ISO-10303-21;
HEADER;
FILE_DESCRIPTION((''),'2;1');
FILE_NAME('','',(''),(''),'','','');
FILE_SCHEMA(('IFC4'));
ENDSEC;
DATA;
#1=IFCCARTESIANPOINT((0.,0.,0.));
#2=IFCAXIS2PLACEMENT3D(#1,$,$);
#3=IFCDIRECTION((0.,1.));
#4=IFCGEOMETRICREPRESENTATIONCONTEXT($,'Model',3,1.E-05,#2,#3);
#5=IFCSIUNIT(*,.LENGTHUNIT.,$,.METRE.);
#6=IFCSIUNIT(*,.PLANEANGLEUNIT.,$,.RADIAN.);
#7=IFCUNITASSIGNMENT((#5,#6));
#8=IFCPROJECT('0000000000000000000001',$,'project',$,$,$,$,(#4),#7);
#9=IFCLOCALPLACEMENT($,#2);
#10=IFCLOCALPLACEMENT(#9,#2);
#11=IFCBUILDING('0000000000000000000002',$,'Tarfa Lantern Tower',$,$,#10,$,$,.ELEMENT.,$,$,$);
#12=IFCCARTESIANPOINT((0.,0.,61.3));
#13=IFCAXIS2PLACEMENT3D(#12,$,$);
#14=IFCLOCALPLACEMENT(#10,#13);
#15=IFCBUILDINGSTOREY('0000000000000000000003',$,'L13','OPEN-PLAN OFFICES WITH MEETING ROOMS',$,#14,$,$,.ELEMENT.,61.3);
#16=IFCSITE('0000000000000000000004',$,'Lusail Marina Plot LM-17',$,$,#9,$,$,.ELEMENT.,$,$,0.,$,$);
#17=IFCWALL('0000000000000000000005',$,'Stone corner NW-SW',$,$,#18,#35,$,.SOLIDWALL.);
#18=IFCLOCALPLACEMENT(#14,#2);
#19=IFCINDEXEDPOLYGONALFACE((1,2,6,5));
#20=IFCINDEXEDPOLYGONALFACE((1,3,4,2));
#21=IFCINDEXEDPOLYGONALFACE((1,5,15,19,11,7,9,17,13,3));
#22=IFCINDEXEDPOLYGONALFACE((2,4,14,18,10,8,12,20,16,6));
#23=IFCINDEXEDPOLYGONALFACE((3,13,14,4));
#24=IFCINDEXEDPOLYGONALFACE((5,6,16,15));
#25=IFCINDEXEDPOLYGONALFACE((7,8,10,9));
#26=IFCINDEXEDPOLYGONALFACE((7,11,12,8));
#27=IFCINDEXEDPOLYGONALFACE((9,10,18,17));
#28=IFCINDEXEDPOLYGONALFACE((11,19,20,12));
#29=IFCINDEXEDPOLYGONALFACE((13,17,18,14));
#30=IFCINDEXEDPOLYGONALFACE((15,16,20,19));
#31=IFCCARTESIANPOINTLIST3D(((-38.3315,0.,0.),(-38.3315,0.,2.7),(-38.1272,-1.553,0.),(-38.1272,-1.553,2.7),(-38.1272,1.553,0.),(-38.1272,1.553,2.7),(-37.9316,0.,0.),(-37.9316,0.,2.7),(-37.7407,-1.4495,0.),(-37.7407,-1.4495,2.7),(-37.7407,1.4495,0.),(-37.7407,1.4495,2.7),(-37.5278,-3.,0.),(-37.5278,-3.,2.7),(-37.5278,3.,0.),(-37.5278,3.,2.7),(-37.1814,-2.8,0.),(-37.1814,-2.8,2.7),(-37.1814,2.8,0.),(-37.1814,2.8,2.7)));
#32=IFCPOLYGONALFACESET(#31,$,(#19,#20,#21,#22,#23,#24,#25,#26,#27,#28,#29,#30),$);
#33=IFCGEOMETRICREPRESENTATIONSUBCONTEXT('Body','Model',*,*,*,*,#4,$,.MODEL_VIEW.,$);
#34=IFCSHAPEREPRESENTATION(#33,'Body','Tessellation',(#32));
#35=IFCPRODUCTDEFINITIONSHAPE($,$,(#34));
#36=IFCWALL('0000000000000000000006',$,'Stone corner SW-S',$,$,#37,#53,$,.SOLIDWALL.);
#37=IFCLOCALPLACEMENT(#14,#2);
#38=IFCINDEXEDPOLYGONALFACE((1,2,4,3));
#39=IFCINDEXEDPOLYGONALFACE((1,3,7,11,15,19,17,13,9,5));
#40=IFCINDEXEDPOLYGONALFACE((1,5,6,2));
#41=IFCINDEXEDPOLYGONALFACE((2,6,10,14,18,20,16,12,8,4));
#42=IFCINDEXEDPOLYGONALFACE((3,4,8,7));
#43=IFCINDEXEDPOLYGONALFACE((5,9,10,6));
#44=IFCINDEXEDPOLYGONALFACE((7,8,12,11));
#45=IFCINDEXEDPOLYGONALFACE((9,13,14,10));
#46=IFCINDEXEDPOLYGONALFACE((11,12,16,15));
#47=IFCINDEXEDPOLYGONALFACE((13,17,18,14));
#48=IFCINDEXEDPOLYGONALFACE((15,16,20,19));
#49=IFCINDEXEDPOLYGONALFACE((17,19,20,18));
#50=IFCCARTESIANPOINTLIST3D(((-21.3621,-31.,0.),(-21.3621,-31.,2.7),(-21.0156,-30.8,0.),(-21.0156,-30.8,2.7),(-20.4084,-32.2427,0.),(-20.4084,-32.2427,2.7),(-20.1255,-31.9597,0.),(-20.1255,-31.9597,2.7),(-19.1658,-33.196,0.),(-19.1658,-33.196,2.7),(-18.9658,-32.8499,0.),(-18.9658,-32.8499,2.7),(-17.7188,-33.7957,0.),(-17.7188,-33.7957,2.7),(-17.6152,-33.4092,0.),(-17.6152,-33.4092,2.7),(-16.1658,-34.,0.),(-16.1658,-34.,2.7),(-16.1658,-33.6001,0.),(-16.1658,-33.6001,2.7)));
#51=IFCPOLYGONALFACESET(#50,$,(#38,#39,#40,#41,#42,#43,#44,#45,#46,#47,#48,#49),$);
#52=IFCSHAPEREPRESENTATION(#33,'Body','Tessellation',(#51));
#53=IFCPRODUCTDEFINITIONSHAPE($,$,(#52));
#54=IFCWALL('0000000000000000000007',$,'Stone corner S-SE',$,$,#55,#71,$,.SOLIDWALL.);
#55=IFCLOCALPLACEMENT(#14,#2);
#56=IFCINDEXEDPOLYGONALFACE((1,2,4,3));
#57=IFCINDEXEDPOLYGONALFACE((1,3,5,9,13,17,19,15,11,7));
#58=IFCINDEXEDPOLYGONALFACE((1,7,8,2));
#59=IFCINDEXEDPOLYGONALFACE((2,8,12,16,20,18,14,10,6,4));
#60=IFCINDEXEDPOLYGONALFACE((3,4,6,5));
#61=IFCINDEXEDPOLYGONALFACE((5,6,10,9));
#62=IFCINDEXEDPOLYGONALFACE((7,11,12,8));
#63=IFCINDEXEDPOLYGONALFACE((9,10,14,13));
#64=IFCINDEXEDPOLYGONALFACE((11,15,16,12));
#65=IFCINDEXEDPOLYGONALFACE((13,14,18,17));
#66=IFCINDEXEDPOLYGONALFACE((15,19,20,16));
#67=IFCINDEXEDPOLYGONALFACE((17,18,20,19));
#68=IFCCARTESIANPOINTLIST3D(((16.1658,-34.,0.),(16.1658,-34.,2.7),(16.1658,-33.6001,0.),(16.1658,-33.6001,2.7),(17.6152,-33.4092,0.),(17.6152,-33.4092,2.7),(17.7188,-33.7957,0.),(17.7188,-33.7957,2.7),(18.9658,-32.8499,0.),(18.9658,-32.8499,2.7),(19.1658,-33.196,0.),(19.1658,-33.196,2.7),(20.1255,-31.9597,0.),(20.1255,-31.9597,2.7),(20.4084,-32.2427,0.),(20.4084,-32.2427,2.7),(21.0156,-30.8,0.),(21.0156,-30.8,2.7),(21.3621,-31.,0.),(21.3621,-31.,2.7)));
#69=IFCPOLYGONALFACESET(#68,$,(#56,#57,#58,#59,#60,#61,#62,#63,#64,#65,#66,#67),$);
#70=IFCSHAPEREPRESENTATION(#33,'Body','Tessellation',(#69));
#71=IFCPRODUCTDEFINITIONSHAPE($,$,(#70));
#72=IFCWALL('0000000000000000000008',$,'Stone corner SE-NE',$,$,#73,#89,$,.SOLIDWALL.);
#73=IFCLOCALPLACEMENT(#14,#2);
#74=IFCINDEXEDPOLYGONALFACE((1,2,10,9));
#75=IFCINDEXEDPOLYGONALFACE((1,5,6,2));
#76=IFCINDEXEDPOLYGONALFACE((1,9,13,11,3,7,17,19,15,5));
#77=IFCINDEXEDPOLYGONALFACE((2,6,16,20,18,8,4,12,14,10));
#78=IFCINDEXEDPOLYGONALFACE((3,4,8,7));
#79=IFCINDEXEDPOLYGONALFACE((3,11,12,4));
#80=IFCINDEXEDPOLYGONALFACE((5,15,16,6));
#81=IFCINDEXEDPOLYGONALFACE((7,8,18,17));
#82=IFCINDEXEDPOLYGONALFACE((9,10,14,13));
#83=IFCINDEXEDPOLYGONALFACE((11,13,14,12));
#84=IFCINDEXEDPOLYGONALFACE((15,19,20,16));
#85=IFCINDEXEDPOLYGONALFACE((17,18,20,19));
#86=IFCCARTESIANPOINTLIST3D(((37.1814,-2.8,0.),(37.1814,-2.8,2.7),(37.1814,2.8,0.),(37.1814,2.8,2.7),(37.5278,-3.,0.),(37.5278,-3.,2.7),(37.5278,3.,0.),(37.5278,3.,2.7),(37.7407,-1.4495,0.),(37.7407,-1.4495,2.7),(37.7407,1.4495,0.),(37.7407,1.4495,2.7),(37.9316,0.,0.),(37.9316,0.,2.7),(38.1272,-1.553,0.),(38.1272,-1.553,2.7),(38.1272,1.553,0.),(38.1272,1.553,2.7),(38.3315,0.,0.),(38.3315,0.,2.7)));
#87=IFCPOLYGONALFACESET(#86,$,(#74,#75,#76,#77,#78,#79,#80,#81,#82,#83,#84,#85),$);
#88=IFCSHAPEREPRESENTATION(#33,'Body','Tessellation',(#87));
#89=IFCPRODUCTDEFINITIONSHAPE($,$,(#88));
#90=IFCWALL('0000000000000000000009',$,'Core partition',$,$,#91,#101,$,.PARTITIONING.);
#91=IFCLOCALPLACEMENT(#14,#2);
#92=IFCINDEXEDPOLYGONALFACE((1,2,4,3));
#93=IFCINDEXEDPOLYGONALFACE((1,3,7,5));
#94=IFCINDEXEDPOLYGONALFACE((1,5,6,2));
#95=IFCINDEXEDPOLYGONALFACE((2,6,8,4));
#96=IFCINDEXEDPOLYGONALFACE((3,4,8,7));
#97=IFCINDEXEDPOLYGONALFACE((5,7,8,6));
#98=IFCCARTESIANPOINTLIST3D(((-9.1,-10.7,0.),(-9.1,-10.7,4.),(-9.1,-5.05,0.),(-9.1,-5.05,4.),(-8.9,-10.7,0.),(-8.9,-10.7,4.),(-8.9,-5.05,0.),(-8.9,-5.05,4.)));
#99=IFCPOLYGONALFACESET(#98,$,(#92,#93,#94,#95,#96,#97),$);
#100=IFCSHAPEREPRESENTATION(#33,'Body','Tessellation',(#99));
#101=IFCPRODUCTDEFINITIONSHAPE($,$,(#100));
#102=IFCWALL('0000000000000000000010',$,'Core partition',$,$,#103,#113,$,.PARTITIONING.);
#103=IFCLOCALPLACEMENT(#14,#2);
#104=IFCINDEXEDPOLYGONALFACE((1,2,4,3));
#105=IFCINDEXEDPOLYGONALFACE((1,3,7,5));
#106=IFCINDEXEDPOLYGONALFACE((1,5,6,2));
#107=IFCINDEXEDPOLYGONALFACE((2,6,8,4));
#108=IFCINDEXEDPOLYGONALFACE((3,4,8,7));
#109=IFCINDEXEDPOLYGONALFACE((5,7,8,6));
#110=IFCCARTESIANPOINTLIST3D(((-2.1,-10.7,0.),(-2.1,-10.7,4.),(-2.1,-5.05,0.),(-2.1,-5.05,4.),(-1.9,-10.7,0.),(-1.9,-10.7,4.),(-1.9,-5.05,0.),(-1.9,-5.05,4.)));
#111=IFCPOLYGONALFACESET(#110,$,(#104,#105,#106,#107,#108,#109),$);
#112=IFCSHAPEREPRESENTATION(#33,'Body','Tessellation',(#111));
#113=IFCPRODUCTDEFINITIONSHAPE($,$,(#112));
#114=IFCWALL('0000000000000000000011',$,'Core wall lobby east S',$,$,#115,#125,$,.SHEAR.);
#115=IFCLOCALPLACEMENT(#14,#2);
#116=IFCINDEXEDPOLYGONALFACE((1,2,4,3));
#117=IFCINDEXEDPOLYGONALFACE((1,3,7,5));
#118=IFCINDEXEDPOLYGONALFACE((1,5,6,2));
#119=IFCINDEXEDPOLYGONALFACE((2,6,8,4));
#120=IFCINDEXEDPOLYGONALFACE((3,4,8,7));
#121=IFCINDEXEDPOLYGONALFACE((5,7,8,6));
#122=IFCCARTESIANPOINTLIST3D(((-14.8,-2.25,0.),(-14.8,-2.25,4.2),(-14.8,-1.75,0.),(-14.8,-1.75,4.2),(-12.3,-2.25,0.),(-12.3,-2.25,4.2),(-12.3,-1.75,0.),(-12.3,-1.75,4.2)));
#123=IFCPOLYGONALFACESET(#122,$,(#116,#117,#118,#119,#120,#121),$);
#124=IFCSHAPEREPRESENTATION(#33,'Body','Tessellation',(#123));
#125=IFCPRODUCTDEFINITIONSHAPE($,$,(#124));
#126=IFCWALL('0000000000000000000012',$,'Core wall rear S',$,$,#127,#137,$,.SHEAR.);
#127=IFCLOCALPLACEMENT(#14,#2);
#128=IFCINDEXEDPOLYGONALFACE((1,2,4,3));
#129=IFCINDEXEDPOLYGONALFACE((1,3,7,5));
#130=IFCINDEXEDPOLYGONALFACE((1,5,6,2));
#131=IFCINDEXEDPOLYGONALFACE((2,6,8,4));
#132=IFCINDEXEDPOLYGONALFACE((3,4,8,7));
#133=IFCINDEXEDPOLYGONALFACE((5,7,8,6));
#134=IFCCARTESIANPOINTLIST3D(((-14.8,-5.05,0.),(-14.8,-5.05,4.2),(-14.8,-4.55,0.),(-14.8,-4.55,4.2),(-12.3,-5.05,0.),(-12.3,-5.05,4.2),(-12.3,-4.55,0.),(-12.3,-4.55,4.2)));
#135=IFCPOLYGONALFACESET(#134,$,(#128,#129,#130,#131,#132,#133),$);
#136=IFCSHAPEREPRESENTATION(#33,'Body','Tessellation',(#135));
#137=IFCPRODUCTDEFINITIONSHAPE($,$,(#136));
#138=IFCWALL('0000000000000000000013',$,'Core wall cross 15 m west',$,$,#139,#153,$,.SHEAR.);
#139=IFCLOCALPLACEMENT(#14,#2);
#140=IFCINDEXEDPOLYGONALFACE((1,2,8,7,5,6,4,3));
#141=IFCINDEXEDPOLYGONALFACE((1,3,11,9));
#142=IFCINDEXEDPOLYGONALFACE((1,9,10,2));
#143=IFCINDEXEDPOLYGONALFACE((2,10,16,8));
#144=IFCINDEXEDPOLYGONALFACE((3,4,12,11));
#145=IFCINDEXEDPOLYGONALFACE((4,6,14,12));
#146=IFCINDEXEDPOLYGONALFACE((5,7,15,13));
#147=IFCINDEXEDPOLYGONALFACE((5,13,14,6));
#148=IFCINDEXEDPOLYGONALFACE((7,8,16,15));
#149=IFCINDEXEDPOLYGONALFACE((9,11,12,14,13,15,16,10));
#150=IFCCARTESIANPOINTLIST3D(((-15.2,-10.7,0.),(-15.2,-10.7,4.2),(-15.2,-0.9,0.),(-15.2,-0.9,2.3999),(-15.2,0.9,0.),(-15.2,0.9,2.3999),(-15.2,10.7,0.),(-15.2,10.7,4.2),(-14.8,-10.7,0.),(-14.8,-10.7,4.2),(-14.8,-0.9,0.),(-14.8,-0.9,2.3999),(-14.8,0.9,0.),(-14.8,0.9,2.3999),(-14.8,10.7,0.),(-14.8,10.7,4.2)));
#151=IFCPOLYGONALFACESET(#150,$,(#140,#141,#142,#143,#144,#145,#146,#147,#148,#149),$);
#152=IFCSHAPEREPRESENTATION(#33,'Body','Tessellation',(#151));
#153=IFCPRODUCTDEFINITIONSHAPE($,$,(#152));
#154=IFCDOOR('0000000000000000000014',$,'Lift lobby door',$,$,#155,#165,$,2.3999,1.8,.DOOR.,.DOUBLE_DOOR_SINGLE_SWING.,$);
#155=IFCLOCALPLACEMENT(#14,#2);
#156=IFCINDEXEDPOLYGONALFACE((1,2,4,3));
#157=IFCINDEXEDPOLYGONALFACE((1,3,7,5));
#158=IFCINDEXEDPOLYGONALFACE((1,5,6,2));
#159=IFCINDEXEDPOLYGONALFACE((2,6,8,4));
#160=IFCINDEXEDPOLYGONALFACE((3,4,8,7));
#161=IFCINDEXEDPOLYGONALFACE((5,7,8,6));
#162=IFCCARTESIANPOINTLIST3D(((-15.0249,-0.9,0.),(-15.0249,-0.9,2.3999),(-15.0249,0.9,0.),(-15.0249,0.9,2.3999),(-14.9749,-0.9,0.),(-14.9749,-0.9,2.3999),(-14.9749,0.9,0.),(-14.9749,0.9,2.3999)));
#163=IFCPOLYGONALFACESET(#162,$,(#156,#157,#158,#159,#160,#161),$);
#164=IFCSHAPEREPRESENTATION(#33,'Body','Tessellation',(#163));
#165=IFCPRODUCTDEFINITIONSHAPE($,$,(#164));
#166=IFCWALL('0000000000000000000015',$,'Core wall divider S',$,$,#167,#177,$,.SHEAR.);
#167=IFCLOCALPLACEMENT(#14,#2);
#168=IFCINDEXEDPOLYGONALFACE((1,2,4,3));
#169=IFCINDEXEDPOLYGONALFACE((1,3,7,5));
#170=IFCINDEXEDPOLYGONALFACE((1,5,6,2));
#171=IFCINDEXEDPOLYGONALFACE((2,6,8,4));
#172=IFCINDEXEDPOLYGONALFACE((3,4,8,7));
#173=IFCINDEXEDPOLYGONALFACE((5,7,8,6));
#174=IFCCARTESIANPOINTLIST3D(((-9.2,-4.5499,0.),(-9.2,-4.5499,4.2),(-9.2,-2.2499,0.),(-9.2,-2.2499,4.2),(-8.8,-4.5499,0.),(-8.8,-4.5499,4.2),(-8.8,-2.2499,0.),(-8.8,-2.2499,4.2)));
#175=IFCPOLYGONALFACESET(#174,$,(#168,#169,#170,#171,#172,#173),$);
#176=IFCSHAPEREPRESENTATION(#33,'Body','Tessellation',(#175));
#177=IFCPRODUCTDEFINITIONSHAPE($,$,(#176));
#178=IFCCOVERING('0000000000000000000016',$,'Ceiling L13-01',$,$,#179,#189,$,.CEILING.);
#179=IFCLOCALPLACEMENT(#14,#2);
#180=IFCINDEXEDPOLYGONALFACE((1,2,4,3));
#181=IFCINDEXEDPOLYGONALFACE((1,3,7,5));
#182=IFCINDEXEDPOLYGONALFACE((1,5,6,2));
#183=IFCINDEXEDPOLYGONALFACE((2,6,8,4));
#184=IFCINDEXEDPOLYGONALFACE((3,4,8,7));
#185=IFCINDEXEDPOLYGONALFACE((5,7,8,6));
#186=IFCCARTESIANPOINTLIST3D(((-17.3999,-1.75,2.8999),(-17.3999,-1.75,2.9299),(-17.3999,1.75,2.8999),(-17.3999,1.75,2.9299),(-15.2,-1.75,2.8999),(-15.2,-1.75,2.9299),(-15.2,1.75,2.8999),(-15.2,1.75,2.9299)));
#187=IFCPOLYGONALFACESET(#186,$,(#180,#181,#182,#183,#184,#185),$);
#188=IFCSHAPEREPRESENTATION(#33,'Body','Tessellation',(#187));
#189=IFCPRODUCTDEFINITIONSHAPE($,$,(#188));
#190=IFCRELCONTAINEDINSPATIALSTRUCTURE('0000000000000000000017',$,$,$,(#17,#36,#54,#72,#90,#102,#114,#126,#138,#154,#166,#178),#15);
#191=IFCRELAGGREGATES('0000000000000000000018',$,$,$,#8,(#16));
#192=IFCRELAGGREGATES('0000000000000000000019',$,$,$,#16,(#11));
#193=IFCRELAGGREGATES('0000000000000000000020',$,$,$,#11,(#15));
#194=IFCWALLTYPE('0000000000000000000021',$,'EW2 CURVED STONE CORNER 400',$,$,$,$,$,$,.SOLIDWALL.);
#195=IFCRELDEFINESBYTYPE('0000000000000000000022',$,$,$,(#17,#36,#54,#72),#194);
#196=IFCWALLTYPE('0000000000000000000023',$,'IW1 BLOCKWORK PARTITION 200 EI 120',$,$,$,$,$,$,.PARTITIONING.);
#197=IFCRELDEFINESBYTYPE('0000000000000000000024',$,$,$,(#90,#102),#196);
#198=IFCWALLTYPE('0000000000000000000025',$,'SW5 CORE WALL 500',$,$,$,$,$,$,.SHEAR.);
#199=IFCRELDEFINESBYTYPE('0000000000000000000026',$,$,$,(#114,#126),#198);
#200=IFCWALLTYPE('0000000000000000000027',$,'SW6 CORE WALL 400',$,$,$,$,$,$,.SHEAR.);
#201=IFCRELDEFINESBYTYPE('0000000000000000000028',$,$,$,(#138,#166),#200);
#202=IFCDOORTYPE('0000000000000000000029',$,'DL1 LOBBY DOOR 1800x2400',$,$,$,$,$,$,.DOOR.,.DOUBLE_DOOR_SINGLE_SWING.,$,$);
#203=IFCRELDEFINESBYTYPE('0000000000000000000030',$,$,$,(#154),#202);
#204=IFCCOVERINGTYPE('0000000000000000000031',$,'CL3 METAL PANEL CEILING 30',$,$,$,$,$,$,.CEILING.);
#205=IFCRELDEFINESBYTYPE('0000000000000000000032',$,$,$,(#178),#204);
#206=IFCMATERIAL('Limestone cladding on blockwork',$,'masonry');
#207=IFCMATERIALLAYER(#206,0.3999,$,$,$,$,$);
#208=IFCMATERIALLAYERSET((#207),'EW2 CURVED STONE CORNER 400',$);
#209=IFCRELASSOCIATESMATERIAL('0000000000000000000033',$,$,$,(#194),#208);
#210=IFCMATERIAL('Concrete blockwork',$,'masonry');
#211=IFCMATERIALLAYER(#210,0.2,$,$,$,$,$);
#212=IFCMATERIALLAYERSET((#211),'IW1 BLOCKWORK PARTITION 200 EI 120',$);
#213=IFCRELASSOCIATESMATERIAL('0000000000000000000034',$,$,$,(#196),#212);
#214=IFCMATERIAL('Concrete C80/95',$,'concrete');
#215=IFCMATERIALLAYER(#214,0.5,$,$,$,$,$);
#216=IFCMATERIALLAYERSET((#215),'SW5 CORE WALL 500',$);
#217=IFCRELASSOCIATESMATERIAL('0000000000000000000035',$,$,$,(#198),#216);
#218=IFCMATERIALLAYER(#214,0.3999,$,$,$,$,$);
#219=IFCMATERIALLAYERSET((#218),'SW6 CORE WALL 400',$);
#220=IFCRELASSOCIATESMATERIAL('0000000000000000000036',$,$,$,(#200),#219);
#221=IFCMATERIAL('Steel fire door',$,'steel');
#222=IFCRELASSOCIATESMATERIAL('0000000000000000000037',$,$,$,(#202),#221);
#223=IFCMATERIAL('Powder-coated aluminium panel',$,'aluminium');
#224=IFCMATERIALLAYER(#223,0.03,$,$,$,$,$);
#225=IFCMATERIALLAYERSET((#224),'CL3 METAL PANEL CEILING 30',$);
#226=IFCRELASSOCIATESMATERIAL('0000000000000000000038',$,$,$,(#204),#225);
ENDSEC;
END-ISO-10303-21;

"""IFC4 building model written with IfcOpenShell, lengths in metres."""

from ifc_helpers import new_model, si_unit, direction, frame, frame_2d, origin, place, context, subcontext, project, spatial, polyline, rectangle, outline, extrude, material, layer, layer_set, type_object, element, fill, save


model = new_model("IFC4")

# Units and contexts
model_context = context("Model", 3, precision=1e-05, world=origin(), true_north=direction((0.0, 1.0)))
body_context = subcontext(model_context, "Body", "Model", "MODEL_VIEW")
ifc_project = project(units=[si_unit("LENGTHUNIT", "METRE"), si_unit("PLANEANGLEUNIT", "RADIAN")], contexts=[model_context])

# Site, building, storey
site_placement = place(None, origin())
site = spatial("IfcSite", under=ifc_project, at=site_placement, Name="Lusail Marina Plot LM-17", CompositionType="ELEMENT", RefElevation=0.0)
building_placement = place(site_placement, origin())
building = spatial("IfcBuilding", under=site, at=building_placement, Name="Tarfa Lantern Tower", CompositionType="ELEMENT")
storey_placement = place(building_placement, frame((0.0, 0.0, 61.3)))
storey = spatial("IfcBuildingStorey", under=building, at=storey_placement, Name="L13", Description="OPEN-PLAN OFFICES WITH MEETING ROOMS", CompositionType="ELEMENT", Elevation=61.3)

# Walls
ifc_material_1 = material(Name="Limestone cladding on blockwork", Category="masonry")
ifc_layer_1 = layer(ifc_material_1, 0.3999)
ifc_layer_set_1 = layer_set([ifc_layer_1], Name="EW2 CURVED STONE CORNER 400")
wall_type_1 = type_object("IfcWallType", Name="EW2 CURVED STONE CORNER 400", PredefinedType="SOLIDWALL", material=ifc_layer_set_1)
wall_1_placement = place(storey_placement, origin())
element("IfcWall", 1, at=wall_1_placement, inside=storey, type_object=wall_type_1, Name="Stone corner NW-SW", PredefinedType="SOLIDWALL", context=body_context, shape_type="SweptSolid", body=[
    extrude(outline(polyline([(-37.5278, 3.0), (-38.1272, 1.553), (-38.3315, 0.0), (-38.1272, -1.553), (-37.5278, -3.0), (-37.1814, -2.8), (-37.7407, -1.4495), (-37.9316, 0.0), (-37.7407, 1.4495), (-37.1814, 2.8), (-37.5278, 3.0)])), origin(), (0.0, 0.0, 1.0), 2.7),
])
wall_2_placement = place(storey_placement, origin())
element("IfcWall", 2, at=wall_2_placement, inside=storey, type_object=wall_type_1, Name="Stone corner SW-S", PredefinedType="SOLIDWALL", context=body_context, shape_type="SweptSolid", body=[
    extrude(outline(polyline([(-21.3621, -31.0), (-20.4084, -32.2427), (-19.1658, -33.196), (-17.7188, -33.7957), (-16.1658, -34.0), (-16.1658, -33.6001), (-17.6152, -33.4092), (-18.9658, -32.8499), (-20.1255, -31.9597), (-21.0156, -30.8), (-21.3621, -31.0)])), origin(), (0.0, 0.0, 1.0), 2.7),
])
wall_3_placement = place(storey_placement, origin())
element("IfcWall", 3, at=wall_3_placement, inside=storey, type_object=wall_type_1, Name="Stone corner S-SE", PredefinedType="SOLIDWALL", context=body_context, shape_type="SweptSolid", body=[
    extrude(outline(polyline([(16.1658, -34.0), (17.7188, -33.7957), (19.1658, -33.196), (20.4084, -32.2427), (21.3621, -31.0), (21.0156, -30.8), (20.1255, -31.9597), (18.9658, -32.8499), (17.6152, -33.4092), (16.1658, -33.6001), (16.1658, -34.0)])), origin(), (0.0, 0.0, 1.0), 2.7),
])
wall_4_placement = place(storey_placement, origin())
element("IfcWall", 4, at=wall_4_placement, inside=storey, type_object=wall_type_1, Name="Stone corner SE-NE", PredefinedType="SOLIDWALL", context=body_context, shape_type="SweptSolid", body=[
    extrude(outline(polyline([(37.5278, -3.0), (38.1272, -1.553), (38.3315, 0.0), (38.1272, 1.553), (37.5278, 3.0), (37.1814, 2.8), (37.7407, 1.4495), (37.9316, 0.0), (37.7407, -1.4495), (37.1814, -2.8), (37.5278, -3.0)])), origin(), (0.0, 0.0, 1.0), 2.7),
])
ifc_material_2 = material(Name="Concrete blockwork", Category="masonry")
ifc_layer_2 = layer(ifc_material_2, 0.2)
ifc_layer_set_2 = layer_set([ifc_layer_2], Name="IW1 BLOCKWORK PARTITION 200 EI 120")
wall_type_2 = type_object("IfcWallType", Name="IW1 BLOCKWORK PARTITION 200 EI 120", PredefinedType="PARTITIONING", material=ifc_layer_set_2)
for number, where, z_axis, x_axis, name in (
    (5, (-9.0, -5.05, 0.0), (0.0, 0.0, 1.0), (0.0, -1.0, 0.0), "Core partition"),
    (6, (-2.0, -5.05, 0.0), (0.0, 0.0, 1.0), (0.0, -1.0, 0.0), "Core partition"),
):
    element("IfcWall", number, at=place(storey_placement, frame(where, z_axis=z_axis, x_axis=x_axis)), inside=storey, type_object=wall_type_2, Name=name, PredefinedType="PARTITIONING", context=body_context, shape_type="SweptSolid", body=[
        extrude(rectangle(XDim=5.6499, YDim=0.2, at=frame_2d((2.825, 0.0))), origin(), (0.0, 0.0, 1.0), 4.0),
    ])
ifc_material_3 = material(Name="Concrete C80/95", Category="concrete")
ifc_layer_3 = layer(ifc_material_3, 0.5)
ifc_layer_set_3 = layer_set([ifc_layer_3], Name="SW5 CORE WALL 500")
wall_type_3 = type_object("IfcWallType", Name="SW5 CORE WALL 500", PredefinedType="SHEAR", material=ifc_layer_set_3)
for number, where, z_axis, x_axis, name in (
    (7, (-12.3, -2.0, 0.0), (0.0, 0.0, 1.0), (-1.0, 0.0, 0.0), "Core wall lobby east S"),
    (8, (-12.3, -4.8, 0.0), (0.0, 0.0, 1.0), (-1.0, 0.0, 0.0), "Core wall rear S"),
):
    element("IfcWall", number, at=place(storey_placement, frame(where, z_axis=z_axis, x_axis=x_axis)), inside=storey, type_object=wall_type_3, Name=name, PredefinedType="SHEAR", context=body_context, shape_type="SweptSolid", body=[
        extrude(rectangle(XDim=2.5, YDim=0.5, at=frame_2d((1.25, 0.0))), origin(), (0.0, 0.0, 1.0), 4.2),
    ])

# Wall, opening, door
ifc_layer_4 = layer(ifc_material_3, 0.3999)
ifc_layer_set_4 = layer_set([ifc_layer_4], Name="SW6 CORE WALL 400")
wall_type_4 = type_object("IfcWallType", Name="SW6 CORE WALL 400", PredefinedType="SHEAR", material=ifc_layer_set_4)
wall_5_placement = place(storey_placement, frame((-15.0, -10.7, 0.0), z_axis=(0.0, 0.0, 1.0), x_axis=(0.0, 1.0, 0.0)))
wall_5 = element("IfcWall", 9, at=wall_5_placement, inside=storey, type_object=wall_type_4, Name="Core wall cross 15 m west", PredefinedType="SHEAR", context=body_context, shape_type="SweptSolid", body=[
    extrude(rectangle(XDim=21.3999, YDim=0.3999, at=frame_2d((10.7, 0.0))), origin(), (0.0, 0.0, 1.0), 4.2),
])
opening_1_placement = place(wall_5_placement, frame((9.8, 0.0, 0.0)))
opening_1 = element("IfcOpeningElement", 10, at=opening_1_placement, cuts=wall_5, PredefinedType="OPENING", context=body_context, shape_type="SweptSolid", body=[
    extrude(rectangle(XDim=1.8, YDim=2.3999, at=frame_2d((0.8999, 1.2))), frame((0.0, 0.21, 0.0), z_axis=(0.0, -1.0, 0.0), x_axis=(1.0, 0.0, 0.0)), (0.0, 0.0, 1.0), 0.4199),
])
ifc_material_4 = material(Name="Steel fire door", Category="steel")
door_type = type_object("IfcDoorType", Name="DL1 LOBBY DOOR 1800x2400", OperationType="DOUBLE_DOOR_SINGLE_SWING", PredefinedType="DOOR", material=ifc_material_4)
door_1_placement = place(opening_1_placement, origin())
door_1 = element("IfcDoor", 11, at=door_1_placement, inside=storey, type_object=door_type, Name="Lift lobby door", OperationType="DOUBLE_DOOR_SINGLE_SWING", OverallHeight=2.3999, OverallWidth=1.8, PredefinedType="DOOR", context=body_context, shape_type="SweptSolid", body=[
    extrude(rectangle(XDim=1.8, YDim=2.3999, at=frame_2d((0.8999, 1.2))), frame((0.0, 0.0249, 0.0), z_axis=(0.0, -1.0, 0.0), x_axis=(1.0, 0.0, 0.0)), (0.0, 0.0, 1.0), 0.05),
])
fill(opening_1, door_1)

# Wall
wall_6_placement = place(storey_placement, frame((-9.0, -2.25, 0.0), z_axis=(0.0, 0.0, 1.0), x_axis=(0.0, -1.0, 0.0)))
element("IfcWall", 12, at=wall_6_placement, inside=storey, type_object=wall_type_4, Name="Core wall divider S", PredefinedType="SHEAR", context=body_context, shape_type="SweptSolid", body=[
    extrude(rectangle(XDim=2.3, YDim=0.3999, at=frame_2d((1.1499, 0.0))), origin(), (0.0, 0.0, 1.0), 4.2),
])

# Covering
ifc_material_5 = material(Name="Powder-coated aluminium panel", Category="aluminium")
ifc_layer_5 = layer(ifc_material_5, 0.03)
ifc_layer_set_5 = layer_set([ifc_layer_5], Name="CL3 METAL PANEL CEILING 30")
covering_type = type_object("IfcCoveringType", Name="CL3 METAL PANEL CEILING 30", PredefinedType="CEILING", material=ifc_layer_set_5)
covering_placement = place(storey_placement, frame((0.0, 0.0, 2.8999)))
element("IfcCovering", 13, at=covering_placement, inside=storey, type_object=covering_type, Name="Ceiling L13-01", PredefinedType="CEILING", context=body_context, shape_type="SweptSolid", body=[
    extrude(outline(polyline([(-17.3999, -1.75), (-15.2, -1.75), (-15.2, 1.75), (-17.3999, 1.75), (-17.3999, -1.75)])), origin(), (0.0, 0.0, 1.0), 0.03),
])

save(model, "model.ifc")
